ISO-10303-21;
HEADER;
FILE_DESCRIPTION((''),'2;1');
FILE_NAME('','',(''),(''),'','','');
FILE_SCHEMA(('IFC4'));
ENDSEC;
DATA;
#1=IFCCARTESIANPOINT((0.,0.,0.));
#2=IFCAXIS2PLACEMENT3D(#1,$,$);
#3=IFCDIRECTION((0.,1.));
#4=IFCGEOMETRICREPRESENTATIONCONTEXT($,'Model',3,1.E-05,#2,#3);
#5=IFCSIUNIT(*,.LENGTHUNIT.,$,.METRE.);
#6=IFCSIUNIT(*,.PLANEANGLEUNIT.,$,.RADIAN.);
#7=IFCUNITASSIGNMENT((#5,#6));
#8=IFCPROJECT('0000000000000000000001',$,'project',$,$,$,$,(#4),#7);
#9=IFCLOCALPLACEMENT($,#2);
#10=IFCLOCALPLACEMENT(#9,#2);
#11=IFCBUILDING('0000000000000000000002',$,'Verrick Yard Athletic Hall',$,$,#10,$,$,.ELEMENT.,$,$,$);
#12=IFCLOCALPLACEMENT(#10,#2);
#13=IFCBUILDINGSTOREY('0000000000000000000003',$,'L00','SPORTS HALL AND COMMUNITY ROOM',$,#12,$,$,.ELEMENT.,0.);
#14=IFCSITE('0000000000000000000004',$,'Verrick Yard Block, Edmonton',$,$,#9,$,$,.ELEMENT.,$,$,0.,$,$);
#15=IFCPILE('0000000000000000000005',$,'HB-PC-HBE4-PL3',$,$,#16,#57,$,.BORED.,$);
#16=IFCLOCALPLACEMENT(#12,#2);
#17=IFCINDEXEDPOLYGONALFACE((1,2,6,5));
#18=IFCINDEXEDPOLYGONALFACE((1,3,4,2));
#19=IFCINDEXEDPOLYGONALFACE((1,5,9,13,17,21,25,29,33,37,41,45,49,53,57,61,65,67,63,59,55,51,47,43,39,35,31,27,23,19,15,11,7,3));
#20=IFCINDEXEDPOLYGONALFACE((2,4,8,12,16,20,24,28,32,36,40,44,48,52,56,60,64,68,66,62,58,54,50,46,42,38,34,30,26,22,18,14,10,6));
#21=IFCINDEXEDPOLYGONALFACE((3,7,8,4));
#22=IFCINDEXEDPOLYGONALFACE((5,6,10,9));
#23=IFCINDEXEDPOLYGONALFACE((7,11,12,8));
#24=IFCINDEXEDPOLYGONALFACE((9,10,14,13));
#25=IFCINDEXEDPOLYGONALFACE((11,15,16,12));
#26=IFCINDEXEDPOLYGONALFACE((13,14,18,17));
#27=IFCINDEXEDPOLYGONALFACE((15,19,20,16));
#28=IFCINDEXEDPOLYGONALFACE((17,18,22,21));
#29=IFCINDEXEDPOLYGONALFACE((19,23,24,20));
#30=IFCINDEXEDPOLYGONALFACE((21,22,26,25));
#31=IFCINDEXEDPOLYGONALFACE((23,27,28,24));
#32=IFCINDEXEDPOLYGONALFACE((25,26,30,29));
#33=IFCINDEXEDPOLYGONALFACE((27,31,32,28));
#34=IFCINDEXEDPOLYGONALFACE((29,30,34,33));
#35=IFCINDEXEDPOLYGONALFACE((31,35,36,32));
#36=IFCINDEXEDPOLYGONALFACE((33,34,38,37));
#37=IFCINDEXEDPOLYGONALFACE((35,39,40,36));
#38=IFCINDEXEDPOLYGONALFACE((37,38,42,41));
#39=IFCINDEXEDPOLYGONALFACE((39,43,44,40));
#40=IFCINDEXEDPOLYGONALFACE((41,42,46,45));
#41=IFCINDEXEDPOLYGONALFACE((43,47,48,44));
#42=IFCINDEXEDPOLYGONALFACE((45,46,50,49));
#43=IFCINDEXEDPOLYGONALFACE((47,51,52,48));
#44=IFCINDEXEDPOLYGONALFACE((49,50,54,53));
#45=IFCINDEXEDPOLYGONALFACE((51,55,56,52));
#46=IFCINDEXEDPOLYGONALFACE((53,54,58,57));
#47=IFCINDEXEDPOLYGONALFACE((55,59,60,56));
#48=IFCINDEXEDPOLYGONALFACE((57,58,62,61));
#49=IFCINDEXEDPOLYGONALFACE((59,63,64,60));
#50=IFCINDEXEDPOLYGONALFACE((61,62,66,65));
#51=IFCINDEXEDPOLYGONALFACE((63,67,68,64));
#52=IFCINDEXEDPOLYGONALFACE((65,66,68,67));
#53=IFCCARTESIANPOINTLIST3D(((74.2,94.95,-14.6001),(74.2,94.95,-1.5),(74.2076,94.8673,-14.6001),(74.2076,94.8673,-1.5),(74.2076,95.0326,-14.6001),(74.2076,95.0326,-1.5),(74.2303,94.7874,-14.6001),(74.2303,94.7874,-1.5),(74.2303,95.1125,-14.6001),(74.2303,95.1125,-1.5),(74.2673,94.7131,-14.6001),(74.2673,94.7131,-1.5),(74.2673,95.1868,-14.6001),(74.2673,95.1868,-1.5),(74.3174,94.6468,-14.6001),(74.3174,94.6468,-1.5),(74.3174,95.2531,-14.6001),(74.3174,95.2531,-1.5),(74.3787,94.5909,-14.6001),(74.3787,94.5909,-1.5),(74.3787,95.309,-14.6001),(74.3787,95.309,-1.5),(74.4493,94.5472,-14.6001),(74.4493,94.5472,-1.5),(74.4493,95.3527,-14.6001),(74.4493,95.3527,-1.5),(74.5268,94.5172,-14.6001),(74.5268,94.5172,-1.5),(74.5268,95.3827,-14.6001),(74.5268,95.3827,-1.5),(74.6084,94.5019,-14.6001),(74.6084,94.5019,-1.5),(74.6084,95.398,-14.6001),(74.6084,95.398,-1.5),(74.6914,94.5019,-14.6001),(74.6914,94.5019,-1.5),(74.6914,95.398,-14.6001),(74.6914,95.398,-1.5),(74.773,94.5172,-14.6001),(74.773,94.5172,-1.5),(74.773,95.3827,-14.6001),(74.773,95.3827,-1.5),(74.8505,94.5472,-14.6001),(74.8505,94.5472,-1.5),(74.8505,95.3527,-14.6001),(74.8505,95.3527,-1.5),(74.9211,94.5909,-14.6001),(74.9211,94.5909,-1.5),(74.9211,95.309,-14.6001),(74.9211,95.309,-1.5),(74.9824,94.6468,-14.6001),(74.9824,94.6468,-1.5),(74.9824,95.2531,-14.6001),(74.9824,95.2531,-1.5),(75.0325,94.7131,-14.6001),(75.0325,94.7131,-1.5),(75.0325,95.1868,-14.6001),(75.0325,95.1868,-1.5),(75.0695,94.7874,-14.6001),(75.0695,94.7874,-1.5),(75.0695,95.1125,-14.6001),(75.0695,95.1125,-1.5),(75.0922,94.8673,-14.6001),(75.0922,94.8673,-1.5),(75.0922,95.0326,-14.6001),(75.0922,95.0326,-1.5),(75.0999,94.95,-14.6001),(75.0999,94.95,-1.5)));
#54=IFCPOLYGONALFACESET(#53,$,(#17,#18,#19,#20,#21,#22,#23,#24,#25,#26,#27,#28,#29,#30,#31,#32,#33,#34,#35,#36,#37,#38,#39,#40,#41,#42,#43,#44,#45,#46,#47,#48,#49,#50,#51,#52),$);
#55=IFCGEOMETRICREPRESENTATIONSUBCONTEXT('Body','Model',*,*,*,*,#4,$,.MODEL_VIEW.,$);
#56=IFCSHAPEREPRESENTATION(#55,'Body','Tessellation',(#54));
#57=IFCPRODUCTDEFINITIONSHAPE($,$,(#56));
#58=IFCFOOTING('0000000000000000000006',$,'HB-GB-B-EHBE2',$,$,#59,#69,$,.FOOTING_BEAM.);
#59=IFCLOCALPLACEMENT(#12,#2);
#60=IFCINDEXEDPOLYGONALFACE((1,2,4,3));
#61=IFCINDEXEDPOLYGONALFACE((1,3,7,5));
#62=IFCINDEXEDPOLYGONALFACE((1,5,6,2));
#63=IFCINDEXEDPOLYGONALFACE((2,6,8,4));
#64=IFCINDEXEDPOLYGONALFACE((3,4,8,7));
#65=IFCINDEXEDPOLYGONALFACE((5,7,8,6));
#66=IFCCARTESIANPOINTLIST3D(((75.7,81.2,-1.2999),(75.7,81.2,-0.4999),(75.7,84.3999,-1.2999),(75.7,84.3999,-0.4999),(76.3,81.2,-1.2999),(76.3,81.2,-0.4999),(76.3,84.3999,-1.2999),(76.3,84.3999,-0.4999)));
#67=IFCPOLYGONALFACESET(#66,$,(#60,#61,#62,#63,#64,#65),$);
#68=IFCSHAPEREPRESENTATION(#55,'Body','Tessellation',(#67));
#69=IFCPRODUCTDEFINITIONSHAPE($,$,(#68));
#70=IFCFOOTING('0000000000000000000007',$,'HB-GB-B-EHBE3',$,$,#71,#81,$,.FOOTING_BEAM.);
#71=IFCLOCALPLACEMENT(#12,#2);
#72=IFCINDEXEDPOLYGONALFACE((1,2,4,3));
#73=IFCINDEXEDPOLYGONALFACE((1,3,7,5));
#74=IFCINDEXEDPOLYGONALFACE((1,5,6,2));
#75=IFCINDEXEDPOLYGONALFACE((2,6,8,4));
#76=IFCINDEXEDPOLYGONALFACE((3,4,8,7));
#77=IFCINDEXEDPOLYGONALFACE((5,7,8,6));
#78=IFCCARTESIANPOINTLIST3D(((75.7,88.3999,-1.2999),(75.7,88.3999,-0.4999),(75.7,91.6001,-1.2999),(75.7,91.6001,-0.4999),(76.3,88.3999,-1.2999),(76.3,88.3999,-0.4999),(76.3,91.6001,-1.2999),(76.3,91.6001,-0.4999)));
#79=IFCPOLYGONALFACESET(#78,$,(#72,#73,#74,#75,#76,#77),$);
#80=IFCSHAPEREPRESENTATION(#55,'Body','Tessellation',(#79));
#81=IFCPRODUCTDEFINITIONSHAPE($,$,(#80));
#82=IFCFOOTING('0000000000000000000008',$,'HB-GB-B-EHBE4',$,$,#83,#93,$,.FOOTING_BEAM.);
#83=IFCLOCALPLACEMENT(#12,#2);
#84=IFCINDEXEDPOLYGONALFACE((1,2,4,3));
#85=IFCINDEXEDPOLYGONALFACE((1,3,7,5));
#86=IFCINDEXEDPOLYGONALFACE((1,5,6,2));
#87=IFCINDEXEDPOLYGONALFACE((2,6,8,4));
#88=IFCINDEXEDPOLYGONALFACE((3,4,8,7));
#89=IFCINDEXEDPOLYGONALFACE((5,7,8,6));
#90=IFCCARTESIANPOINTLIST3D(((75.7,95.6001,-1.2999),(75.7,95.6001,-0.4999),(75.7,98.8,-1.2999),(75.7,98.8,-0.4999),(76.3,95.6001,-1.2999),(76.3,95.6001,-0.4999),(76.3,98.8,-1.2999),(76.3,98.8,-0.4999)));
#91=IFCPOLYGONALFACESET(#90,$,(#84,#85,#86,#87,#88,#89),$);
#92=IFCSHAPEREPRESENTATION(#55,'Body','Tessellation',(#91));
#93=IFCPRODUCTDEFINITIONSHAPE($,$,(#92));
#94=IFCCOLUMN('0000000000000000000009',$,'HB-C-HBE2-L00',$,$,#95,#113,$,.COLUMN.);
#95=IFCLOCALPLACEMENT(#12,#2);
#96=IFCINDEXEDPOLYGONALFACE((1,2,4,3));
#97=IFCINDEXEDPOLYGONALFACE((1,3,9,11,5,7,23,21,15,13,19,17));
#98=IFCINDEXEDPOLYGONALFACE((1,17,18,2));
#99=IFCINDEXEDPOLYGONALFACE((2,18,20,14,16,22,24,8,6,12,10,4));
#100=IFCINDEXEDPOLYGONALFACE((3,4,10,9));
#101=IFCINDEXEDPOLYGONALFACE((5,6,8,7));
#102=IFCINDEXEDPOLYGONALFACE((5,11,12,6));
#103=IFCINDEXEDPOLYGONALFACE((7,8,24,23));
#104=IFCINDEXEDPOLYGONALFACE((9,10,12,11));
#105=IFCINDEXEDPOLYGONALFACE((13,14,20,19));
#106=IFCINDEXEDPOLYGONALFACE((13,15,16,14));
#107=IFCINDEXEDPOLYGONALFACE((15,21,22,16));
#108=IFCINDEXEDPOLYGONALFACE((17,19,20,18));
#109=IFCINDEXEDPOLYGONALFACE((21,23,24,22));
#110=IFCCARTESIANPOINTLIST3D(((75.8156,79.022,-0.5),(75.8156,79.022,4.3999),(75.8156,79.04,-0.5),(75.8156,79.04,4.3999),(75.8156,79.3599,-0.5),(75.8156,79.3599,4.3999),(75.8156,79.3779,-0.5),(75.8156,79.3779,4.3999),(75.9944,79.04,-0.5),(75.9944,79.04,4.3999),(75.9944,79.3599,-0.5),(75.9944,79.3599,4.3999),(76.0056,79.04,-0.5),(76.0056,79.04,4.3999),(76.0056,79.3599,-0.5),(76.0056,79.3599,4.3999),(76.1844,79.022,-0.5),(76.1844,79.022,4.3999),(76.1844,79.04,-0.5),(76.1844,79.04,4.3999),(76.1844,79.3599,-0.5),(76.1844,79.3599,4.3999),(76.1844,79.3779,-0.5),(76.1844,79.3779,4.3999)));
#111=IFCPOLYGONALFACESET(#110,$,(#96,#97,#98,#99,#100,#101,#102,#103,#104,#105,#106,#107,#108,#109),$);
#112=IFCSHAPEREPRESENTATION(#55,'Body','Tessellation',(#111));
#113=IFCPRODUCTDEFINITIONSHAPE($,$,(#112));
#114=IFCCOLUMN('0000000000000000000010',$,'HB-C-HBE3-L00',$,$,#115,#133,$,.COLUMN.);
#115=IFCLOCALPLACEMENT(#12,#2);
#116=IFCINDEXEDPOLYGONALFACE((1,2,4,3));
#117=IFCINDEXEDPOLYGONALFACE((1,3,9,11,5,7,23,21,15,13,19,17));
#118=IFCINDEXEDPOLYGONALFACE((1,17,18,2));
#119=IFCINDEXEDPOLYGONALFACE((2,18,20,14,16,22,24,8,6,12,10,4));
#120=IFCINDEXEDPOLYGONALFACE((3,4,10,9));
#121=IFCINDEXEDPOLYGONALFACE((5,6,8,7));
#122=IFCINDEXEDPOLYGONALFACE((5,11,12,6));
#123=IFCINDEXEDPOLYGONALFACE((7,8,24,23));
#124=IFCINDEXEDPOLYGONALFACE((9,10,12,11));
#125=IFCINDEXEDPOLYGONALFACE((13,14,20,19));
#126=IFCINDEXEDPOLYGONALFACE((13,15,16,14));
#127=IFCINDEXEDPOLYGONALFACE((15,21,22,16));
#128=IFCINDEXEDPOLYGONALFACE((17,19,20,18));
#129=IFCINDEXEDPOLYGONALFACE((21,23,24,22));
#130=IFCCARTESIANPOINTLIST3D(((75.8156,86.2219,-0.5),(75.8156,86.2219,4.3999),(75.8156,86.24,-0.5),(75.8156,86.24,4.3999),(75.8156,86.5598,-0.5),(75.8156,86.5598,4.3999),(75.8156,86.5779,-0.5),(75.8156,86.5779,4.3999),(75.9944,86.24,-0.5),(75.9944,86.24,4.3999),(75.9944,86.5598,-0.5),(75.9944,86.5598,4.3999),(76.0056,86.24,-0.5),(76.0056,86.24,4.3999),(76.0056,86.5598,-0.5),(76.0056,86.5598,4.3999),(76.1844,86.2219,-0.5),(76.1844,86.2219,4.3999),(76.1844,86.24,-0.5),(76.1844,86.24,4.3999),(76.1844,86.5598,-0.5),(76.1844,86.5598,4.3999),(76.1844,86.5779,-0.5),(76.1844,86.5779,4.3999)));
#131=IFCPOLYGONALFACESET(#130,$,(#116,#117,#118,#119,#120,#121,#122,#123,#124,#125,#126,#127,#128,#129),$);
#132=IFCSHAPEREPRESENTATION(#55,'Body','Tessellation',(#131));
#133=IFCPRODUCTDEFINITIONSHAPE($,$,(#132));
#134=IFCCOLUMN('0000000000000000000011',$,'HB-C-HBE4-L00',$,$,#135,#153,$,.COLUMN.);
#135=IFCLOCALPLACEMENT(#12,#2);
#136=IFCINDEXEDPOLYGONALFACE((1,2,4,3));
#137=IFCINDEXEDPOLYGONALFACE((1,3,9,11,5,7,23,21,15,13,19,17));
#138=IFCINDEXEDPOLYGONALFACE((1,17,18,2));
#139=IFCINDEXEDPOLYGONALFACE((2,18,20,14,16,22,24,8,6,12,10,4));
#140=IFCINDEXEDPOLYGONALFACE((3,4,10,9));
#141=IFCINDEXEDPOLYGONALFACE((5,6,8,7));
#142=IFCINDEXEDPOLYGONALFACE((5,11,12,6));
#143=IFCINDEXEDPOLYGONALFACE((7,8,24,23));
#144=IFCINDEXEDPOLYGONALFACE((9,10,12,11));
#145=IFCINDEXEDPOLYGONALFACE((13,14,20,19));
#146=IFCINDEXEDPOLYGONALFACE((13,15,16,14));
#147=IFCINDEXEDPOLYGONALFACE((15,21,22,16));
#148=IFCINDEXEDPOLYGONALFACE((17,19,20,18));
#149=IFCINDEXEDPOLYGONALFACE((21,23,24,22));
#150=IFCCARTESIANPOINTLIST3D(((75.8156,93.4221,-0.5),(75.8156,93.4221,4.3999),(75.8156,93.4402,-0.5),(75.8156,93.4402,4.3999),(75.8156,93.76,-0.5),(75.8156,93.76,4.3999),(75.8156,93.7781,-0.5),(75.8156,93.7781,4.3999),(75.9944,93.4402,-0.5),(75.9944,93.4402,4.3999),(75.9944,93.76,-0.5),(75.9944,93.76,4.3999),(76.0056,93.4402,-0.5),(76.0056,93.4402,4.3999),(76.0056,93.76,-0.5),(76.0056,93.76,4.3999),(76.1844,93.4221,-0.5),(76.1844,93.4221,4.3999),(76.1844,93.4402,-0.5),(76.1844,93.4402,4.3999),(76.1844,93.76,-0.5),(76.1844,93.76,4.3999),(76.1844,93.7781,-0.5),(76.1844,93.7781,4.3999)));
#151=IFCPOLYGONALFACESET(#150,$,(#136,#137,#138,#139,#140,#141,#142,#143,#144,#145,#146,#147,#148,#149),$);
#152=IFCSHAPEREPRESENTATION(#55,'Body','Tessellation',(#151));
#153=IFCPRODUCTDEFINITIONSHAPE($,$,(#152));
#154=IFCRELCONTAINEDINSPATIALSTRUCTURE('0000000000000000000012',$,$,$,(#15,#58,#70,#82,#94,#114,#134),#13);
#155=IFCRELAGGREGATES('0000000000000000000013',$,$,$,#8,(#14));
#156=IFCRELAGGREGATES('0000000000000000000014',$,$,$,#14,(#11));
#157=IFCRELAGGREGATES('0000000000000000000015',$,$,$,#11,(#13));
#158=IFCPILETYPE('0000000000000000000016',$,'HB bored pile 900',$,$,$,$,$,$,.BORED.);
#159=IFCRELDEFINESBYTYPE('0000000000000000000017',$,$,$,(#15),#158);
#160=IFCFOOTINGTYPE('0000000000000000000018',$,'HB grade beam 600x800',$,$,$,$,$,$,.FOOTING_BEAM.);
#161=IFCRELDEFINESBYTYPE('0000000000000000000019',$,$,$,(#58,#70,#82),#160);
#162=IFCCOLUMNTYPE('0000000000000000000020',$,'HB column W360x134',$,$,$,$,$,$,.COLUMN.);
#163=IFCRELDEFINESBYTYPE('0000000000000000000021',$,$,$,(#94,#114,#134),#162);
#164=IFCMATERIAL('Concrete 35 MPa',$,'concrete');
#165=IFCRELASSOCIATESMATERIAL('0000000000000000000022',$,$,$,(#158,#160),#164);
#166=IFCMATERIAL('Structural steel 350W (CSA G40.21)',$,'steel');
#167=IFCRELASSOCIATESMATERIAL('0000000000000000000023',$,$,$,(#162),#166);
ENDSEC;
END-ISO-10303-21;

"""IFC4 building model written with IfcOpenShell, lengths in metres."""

from ifc_helpers import new_model, si_unit, direction, frame, origin, origin_2d, place, context, subcontext, project, spatial, rectangle, circle, i_section, extrude, material, material_profile, profile_set, type_object, element, save


model = new_model("IFC4")

# Units and contexts
model_context = context("Model", 3, precision=1e-05, world=origin(), true_north=direction((0.0, 1.0)))
body_context = subcontext(model_context, "Body", "Model", "MODEL_VIEW")
ifc_project = project(units=[si_unit("LENGTHUNIT", "METRE"), si_unit("PLANEANGLEUNIT", "RADIAN")], contexts=[model_context])

# Site, building, storey
site_placement = place(None, origin())
site = spatial("IfcSite", under=ifc_project, at=site_placement, Name="Verrick Yard Block, Edmonton", CompositionType="ELEMENT", RefElevation=0.0)
building_placement = place(site_placement, origin())
building = spatial("IfcBuilding", under=site, at=building_placement, Name="Verrick Yard Athletic Hall", CompositionType="ELEMENT")
storey_placement = place(building_placement, origin())
storey = spatial("IfcBuildingStorey", under=building, at=storey_placement, Name="L00", Description="SPORTS HALL AND COMMUNITY ROOM", CompositionType="ELEMENT", Elevation=0.0)

# Pile
ifc_material_1 = material(Name="Concrete 35 MPa", Category="concrete")
ifc_material_profile_1 = material_profile(ifc_material_1, circle(Radius=0.45, at=origin_2d()), Name="Bored pile 900")
ifc_profile_set_1 = profile_set([ifc_material_profile_1], Name="Concrete 35 MPa")
pile_type = type_object("IfcPileType", Name="HB bored pile 900", PredefinedType="BORED", material=ifc_profile_set_1)
for number, where, z_axis, x_axis, name in (
    (1, (74.6499, 94.95, -1.5), (0.0, 0.0, -1.0), (1.0, 0.0, 0.0), "HB-PC-HBE4-PL3"),
):
    element("IfcPile", number, at=place(storey_placement, frame(where, z_axis=z_axis, x_axis=x_axis)), inside=storey, type_object=pile_type, Name=name, PredefinedType="BORED", context=body_context, shape_type="SweptSolid", body=[
        extrude(circle(Radius=0.45, at=origin_2d()), origin(), (0.0, 0.0, 1.0), 13.1001),
    ])

# Footings
ifc_material_profile_2 = material_profile(ifc_material_1, rectangle(XDim=0.6001, YDim=0.8, at=origin_2d()), Name="Grade beam 600x800")
ifc_profile_set_2 = profile_set([ifc_material_profile_2], Name="Concrete 35 MPa")
footing_type = type_object("IfcFootingType", Name="HB grade beam 600x800", PredefinedType="FOOTING_BEAM", material=ifc_profile_set_2)
footing_1_placement = place(storey_placement, frame((76.0, 81.2, -0.8999), z_axis=(0.0, 1.0, 0.0), x_axis=(-1.0, 0.0, 0.0)))
element("IfcFooting", 2, at=footing_1_placement, inside=storey, type_object=footing_type, Name="HB-GB-B-EHBE2", PredefinedType="FOOTING_BEAM", context=body_context, shape_type="SweptSolid", body=[
    extrude(rectangle(XDim=0.6001, YDim=0.8, at=origin_2d()), origin(), (0.0, 0.0, 1.0), 3.2),
])
footing_2_placement = place(storey_placement, frame((76.0, 88.3999, -0.8999), z_axis=(0.0, 1.0, 0.0), x_axis=(-1.0, 0.0, 0.0)))
element("IfcFooting", 3, at=footing_2_placement, inside=storey, type_object=footing_type, Name="HB-GB-B-EHBE3", PredefinedType="FOOTING_BEAM", context=body_context, shape_type="SweptSolid", body=[
    extrude(rectangle(XDim=0.6001, YDim=0.8, at=origin_2d()), origin(), (0.0, 0.0, 1.0), 3.2002),
])
footing_3_placement = place(storey_placement, frame((76.0, 95.6001, -0.8999), z_axis=(0.0, 1.0, 0.0), x_axis=(-1.0, 0.0, 0.0)))
element("IfcFooting", 4, at=footing_3_placement, inside=storey, type_object=footing_type, Name="HB-GB-B-EHBE4", PredefinedType="FOOTING_BEAM", context=body_context, shape_type="SweptSolid", body=[
    extrude(rectangle(XDim=0.6001, YDim=0.8, at=origin_2d()), origin(), (0.0, 0.0, 1.0), 3.2),
])

# Columns
ifc_material_2 = material(Name="Structural steel 350W (CSA G40.21)", Category="steel")
ifc_material_profile_3 = material_profile(ifc_material_2, i_section(OverallWidth=0.3689, OverallDepth=0.356, WebThickness=0.0112, FlangeThickness=0.0181, at=origin_2d()), Name="W360x134")
ifc_profile_set_3 = profile_set([ifc_material_profile_3], Name="Structural steel 350W (CSA G40.21)")
column_type = type_object("IfcColumnType", Name="HB column W360x134", PredefinedType="COLUMN", material=ifc_profile_set_3)
for number, where, z_axis, x_axis, name in (
    (5, (76.0, 79.2, -0.5), (0.0, 0.0, 1.0), (1.0, 0.0, 0.0), "HB-C-HBE2-L00"),
    (6, (76.0, 86.3999, -0.5), (0.0, 0.0, 1.0), (1.0, 0.0, 0.0), "HB-C-HBE3-L00"),
    (7, (76.0, 93.6001, -0.5), (0.0, 0.0, 1.0), (1.0, 0.0, 0.0), "HB-C-HBE4-L00"),
):
    element("IfcColumn", number, at=place(storey_placement, frame(where, z_axis=z_axis, x_axis=x_axis)), inside=storey, type_object=column_type, Name=name, PredefinedType="COLUMN", context=body_context, shape_type="SweptSolid", body=[
        extrude(i_section(OverallWidth=0.3689, OverallDepth=0.356, WebThickness=0.0112, FlangeThickness=0.0181, at=origin_2d()), origin(), (0.0, 0.0, 1.0), 4.8999),
    ])

save(model, "model.ifc")
